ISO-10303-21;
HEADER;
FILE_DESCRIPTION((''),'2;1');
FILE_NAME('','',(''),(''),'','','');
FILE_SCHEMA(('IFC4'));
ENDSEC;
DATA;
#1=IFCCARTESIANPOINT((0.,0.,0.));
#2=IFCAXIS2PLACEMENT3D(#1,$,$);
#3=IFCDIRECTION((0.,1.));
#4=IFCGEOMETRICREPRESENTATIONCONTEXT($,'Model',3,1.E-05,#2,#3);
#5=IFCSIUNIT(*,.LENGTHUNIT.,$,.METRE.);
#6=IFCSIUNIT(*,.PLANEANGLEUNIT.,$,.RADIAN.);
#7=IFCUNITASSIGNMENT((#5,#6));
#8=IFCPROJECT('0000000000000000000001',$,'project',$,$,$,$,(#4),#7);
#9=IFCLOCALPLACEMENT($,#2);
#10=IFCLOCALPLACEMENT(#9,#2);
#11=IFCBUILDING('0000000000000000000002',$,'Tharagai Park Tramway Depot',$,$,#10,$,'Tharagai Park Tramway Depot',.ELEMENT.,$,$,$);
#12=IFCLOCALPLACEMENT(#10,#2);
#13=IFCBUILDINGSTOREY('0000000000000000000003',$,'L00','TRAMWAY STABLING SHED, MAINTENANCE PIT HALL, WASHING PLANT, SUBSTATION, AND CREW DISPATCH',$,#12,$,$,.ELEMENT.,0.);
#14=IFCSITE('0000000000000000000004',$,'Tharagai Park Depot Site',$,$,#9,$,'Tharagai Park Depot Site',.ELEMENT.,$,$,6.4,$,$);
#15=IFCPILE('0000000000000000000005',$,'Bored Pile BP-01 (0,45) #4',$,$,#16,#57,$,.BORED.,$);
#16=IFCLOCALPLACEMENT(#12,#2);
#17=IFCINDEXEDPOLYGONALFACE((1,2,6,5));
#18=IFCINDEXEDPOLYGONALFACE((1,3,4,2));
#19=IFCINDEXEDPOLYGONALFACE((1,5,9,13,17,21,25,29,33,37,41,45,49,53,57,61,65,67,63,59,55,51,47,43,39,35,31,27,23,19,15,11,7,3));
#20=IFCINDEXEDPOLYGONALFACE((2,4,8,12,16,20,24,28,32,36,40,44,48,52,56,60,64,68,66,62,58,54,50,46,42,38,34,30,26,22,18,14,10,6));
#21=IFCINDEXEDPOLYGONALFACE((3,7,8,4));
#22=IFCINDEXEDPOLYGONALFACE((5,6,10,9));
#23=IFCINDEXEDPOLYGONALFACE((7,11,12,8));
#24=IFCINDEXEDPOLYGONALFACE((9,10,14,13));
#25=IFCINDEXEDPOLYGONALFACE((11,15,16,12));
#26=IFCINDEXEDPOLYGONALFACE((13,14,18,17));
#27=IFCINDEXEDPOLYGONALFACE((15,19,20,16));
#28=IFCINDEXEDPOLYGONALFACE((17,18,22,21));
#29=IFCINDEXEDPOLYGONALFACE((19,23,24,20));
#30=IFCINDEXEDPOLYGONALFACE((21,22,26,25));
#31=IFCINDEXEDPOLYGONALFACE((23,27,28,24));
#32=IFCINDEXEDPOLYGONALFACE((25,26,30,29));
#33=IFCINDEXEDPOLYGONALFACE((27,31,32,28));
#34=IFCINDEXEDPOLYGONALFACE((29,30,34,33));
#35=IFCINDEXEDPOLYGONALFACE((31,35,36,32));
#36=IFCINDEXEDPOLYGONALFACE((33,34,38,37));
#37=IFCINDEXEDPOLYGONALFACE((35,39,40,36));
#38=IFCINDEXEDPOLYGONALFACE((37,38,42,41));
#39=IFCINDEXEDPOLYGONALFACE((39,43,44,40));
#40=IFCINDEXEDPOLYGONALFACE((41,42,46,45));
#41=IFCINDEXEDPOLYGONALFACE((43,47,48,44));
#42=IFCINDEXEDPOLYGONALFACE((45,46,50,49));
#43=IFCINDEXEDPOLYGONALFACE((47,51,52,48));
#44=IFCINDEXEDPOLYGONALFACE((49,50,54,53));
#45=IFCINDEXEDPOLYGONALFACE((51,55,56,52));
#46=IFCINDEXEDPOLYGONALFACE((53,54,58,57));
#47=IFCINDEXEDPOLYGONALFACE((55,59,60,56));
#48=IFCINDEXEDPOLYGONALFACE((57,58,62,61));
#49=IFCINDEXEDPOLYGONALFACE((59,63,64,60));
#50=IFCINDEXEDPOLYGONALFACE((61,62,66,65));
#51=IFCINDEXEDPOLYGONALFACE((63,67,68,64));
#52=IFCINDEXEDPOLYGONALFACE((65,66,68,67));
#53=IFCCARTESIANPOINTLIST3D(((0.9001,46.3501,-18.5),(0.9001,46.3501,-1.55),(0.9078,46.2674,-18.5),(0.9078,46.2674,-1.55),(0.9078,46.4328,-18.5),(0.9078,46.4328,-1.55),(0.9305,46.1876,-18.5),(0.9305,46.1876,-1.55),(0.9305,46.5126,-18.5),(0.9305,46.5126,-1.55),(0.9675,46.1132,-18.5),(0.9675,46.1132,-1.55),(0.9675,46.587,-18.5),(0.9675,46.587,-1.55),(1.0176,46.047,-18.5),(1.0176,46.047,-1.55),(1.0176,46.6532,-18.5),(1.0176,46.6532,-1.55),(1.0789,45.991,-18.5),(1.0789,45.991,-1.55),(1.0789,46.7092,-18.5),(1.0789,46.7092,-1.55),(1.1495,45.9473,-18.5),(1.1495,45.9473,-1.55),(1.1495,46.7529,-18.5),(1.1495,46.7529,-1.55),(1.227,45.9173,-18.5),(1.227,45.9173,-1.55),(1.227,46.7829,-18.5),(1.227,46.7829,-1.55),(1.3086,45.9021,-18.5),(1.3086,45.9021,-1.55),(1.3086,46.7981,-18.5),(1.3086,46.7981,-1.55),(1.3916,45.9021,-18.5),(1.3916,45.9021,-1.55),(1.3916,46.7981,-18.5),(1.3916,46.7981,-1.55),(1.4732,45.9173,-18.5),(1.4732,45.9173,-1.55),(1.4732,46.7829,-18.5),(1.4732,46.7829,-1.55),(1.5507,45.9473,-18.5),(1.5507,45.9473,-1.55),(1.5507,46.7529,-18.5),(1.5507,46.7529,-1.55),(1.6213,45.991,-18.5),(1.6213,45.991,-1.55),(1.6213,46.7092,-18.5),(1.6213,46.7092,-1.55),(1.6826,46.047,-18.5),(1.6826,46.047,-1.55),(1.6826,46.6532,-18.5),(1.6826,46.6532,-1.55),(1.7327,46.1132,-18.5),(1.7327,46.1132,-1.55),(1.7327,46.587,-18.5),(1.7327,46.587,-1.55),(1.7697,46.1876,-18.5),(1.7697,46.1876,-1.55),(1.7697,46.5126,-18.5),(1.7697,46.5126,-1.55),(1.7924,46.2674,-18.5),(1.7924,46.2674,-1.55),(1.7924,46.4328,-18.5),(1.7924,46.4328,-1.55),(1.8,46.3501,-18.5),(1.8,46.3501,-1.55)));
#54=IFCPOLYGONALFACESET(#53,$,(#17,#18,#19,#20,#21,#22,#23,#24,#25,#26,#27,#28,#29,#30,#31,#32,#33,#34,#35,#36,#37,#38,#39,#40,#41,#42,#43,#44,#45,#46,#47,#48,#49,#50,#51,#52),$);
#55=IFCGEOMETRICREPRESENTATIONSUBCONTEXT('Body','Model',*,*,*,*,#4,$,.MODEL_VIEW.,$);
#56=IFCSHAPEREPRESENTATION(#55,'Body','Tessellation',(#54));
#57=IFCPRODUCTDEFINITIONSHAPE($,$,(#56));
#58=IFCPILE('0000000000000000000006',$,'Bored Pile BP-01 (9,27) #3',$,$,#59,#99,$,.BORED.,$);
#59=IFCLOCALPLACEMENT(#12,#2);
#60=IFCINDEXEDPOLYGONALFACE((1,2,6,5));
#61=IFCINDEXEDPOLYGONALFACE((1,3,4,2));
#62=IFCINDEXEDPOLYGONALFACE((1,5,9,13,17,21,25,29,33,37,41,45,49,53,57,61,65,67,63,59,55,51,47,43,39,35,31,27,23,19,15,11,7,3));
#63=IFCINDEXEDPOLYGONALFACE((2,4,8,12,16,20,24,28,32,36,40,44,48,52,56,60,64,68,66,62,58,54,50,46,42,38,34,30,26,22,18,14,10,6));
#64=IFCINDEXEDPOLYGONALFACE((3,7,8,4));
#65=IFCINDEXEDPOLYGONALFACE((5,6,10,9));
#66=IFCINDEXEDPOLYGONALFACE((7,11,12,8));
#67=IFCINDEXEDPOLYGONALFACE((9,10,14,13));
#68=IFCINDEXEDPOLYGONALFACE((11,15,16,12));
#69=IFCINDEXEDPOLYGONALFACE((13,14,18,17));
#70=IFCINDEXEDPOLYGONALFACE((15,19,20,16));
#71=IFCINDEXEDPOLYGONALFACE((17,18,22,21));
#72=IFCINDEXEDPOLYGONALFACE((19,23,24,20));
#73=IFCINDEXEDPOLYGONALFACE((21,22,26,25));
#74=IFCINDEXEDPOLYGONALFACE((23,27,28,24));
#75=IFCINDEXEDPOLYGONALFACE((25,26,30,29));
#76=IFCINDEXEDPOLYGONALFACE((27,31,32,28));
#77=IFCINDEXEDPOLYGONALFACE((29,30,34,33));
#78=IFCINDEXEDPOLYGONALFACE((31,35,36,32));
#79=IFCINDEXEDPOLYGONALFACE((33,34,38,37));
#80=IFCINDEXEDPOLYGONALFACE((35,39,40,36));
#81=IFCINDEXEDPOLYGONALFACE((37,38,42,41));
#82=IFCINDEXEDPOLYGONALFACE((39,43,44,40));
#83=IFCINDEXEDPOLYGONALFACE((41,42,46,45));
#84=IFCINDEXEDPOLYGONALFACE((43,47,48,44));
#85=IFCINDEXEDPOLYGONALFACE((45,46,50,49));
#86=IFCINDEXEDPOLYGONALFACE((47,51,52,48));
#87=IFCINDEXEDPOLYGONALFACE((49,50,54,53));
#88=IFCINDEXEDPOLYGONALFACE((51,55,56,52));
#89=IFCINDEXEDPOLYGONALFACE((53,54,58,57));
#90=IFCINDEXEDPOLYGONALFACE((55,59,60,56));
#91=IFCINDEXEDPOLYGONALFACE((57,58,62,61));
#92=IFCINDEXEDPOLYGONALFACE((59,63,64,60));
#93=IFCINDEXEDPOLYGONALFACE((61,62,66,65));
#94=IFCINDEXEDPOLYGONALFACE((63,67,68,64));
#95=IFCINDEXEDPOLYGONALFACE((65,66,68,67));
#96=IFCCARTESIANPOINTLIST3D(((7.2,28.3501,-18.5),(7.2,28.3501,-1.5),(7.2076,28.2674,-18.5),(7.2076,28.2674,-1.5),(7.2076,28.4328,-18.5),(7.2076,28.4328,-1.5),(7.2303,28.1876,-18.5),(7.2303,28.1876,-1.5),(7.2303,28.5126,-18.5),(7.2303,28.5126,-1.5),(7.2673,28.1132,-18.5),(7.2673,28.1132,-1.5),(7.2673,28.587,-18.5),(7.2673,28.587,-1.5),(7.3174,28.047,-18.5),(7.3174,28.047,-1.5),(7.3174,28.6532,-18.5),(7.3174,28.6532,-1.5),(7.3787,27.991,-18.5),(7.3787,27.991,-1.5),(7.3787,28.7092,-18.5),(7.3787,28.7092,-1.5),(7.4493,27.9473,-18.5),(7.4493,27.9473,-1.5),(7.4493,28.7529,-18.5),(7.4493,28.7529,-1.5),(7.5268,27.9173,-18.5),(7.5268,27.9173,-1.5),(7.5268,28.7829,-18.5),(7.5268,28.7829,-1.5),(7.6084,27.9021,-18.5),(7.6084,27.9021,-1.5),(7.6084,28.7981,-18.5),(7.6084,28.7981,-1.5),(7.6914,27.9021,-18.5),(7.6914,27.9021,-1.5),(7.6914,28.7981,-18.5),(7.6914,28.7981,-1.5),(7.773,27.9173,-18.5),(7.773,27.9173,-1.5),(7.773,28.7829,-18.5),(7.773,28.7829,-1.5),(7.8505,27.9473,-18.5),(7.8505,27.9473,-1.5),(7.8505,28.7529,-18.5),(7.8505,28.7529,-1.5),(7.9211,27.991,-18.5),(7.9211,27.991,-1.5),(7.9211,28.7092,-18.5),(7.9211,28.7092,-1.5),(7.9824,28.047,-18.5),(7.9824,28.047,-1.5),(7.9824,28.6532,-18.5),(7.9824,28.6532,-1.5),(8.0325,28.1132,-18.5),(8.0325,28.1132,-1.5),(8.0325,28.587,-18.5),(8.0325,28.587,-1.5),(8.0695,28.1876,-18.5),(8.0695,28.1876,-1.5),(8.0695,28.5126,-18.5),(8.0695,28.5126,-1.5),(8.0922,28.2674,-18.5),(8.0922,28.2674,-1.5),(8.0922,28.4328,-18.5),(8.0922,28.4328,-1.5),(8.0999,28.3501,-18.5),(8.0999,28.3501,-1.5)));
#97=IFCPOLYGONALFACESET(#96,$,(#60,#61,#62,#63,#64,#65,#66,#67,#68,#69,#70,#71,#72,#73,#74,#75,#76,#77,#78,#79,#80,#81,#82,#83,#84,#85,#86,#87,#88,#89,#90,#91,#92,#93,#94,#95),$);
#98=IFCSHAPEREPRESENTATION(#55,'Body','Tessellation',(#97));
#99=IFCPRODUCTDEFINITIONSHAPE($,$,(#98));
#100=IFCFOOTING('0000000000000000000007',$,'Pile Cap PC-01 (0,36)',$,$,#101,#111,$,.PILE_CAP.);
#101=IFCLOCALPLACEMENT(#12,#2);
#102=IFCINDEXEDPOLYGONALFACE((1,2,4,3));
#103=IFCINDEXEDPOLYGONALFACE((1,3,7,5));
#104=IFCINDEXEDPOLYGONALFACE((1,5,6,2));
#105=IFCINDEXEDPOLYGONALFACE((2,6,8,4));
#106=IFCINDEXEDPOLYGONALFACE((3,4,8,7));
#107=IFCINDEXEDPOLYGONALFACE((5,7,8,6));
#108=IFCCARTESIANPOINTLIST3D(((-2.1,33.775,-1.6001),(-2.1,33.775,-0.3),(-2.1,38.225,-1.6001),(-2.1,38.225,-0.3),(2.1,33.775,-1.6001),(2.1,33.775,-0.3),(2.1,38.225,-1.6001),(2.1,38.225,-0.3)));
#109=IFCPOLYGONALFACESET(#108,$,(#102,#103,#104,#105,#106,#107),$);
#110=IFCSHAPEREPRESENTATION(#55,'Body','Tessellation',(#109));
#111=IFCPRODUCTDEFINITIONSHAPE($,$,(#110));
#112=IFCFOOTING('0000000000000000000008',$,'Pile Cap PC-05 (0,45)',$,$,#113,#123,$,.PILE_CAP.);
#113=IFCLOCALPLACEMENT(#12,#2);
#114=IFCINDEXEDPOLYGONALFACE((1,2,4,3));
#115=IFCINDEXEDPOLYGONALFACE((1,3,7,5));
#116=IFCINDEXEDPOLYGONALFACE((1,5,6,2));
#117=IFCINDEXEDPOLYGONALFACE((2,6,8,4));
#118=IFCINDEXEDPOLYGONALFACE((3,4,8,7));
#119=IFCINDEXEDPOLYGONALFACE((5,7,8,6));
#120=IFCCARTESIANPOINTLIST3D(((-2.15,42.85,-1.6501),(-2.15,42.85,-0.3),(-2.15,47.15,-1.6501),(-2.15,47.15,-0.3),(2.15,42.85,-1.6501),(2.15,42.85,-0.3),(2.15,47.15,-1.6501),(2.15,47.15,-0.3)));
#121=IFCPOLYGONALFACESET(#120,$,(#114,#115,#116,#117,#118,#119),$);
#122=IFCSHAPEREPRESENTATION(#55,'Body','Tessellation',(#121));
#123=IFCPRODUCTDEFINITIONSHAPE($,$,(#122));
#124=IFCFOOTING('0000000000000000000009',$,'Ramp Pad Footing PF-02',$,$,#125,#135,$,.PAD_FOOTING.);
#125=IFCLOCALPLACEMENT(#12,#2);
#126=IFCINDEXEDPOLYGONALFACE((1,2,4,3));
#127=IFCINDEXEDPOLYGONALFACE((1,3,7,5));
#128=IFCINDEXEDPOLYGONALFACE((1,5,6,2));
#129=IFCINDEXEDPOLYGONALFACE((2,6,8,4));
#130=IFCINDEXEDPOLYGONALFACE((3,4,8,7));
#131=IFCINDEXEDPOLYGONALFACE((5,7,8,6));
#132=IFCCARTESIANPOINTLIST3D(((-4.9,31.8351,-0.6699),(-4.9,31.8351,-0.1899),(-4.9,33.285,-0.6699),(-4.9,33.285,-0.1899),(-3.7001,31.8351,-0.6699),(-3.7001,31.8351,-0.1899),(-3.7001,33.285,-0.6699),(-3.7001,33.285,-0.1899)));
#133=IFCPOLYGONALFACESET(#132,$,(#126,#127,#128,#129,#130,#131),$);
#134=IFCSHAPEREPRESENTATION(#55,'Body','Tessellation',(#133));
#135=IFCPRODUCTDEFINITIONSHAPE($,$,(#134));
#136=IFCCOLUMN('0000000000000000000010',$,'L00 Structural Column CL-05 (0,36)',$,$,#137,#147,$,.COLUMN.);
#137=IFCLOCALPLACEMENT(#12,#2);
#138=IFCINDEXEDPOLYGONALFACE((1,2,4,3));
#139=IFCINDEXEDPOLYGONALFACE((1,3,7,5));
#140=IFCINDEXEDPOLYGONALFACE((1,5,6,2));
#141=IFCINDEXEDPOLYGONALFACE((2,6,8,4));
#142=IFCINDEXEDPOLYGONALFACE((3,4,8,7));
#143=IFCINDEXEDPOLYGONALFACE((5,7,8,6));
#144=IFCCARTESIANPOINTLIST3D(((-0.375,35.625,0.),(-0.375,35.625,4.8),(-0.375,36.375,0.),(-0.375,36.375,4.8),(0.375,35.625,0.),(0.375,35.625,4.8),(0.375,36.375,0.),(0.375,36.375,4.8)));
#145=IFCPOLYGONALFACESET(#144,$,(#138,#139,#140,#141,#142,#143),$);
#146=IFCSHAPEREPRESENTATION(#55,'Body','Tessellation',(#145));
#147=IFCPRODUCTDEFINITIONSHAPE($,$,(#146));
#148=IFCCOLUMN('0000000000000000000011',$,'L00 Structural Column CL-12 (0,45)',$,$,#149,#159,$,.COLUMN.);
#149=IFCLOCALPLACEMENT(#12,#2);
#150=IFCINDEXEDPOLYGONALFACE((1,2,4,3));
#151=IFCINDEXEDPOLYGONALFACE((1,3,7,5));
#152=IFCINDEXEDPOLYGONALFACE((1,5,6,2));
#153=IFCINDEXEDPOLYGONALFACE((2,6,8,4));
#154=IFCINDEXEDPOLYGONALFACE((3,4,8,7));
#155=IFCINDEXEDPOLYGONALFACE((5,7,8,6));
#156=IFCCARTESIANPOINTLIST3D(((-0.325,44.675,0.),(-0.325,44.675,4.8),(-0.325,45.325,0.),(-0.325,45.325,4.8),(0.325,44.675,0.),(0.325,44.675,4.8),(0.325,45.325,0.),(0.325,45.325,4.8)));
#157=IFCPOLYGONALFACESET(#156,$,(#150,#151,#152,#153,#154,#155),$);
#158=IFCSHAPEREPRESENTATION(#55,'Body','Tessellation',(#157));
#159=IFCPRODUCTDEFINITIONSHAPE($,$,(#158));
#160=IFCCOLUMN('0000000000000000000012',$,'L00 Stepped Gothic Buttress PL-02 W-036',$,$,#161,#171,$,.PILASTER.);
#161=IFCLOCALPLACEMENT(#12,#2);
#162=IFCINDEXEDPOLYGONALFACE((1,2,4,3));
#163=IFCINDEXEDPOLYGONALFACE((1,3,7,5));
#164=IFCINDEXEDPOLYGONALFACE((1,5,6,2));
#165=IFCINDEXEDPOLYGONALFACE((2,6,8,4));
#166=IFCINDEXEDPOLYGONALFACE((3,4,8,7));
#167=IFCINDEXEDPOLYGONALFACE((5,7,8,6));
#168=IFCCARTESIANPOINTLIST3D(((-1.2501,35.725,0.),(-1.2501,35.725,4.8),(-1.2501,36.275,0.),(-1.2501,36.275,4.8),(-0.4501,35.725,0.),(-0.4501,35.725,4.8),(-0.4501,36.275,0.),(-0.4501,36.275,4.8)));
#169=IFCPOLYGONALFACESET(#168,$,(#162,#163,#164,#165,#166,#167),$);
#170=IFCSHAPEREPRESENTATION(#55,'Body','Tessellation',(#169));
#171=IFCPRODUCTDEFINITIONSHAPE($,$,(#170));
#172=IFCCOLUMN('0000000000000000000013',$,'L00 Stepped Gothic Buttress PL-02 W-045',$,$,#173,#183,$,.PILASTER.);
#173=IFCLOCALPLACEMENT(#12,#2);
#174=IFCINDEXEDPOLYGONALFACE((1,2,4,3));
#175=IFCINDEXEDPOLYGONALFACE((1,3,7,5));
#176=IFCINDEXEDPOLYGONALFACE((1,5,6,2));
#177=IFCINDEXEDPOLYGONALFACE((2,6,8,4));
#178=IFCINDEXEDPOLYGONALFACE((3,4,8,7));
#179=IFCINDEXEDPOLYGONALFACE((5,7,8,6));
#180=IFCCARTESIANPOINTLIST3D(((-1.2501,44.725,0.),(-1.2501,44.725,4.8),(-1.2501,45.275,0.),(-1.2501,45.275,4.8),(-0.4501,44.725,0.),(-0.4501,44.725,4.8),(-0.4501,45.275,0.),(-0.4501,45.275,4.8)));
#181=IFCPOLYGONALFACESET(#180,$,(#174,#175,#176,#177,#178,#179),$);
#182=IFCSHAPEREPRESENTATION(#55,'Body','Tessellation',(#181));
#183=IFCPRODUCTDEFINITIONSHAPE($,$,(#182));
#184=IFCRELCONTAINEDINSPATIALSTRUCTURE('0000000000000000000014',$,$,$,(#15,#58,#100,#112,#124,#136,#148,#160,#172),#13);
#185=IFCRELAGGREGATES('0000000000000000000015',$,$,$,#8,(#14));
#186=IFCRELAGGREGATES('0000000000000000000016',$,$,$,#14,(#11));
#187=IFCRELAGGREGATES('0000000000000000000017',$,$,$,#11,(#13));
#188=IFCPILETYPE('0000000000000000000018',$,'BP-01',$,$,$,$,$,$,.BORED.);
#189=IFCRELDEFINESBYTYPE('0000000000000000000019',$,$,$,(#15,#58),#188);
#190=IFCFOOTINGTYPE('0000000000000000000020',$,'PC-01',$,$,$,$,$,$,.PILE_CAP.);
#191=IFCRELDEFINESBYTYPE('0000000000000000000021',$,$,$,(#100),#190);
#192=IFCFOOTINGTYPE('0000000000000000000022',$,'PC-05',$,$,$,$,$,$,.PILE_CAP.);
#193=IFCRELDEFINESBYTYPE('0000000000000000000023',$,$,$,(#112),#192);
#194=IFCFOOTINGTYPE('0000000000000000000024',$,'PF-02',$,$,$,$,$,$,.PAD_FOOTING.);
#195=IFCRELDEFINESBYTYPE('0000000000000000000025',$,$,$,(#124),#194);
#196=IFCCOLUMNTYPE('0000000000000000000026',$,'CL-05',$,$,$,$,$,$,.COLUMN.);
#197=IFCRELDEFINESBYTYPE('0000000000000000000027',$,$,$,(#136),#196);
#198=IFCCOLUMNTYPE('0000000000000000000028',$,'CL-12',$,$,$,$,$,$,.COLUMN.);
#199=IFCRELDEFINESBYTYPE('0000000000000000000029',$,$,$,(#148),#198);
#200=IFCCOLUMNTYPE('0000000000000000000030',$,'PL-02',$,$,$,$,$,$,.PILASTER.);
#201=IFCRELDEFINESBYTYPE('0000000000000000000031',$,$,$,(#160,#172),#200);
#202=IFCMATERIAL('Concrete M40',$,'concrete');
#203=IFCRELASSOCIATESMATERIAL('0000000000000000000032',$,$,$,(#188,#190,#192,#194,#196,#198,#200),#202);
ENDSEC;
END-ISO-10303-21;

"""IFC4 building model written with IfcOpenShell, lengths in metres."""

from ifc_helpers import new_model, si_unit, direction, frame, origin, origin_2d, place, context, subcontext, project, spatial, rectangle, circle, extrude, material, material_profile, profile_set, type_object, element, save


model = new_model("IFC4")

# Units and contexts
model_context = context("Model", 3, precision=1e-05, world=origin(), true_north=direction((0.0, 1.0)))
body_context = subcontext(model_context, "Body", "Model", "MODEL_VIEW")
ifc_project = project(units=[si_unit("LENGTHUNIT", "METRE"), si_unit("PLANEANGLEUNIT", "RADIAN")], contexts=[model_context])

# Site, building, storey
site_placement = place(None, origin())
site = spatial("IfcSite", under=ifc_project, at=site_placement, Name="Tharagai Park Depot Site", LongName="Tharagai Park Depot Site", CompositionType="ELEMENT", RefElevation=6.4)
building_placement = place(site_placement, origin())
building = spatial("IfcBuilding", under=site, at=building_placement, Name="Tharagai Park Tramway Depot", LongName="Tharagai Park Tramway Depot", CompositionType="ELEMENT")
storey_placement = place(building_placement, origin())
storey = spatial("IfcBuildingStorey", under=building, at=storey_placement, Name="L00", Description="TRAMWAY STABLING SHED, MAINTENANCE PIT HALL, WASHING PLANT, SUBSTATION, AND CREW DISPATCH", CompositionType="ELEMENT", Elevation=0.0)

# Piles
ifc_material_1 = material(Name="Concrete M40", Category="concrete")
ifc_material_profile_1 = material_profile(ifc_material_1, circle(Radius=0.45, at=origin_2d()), Name="PILE D900")
ifc_profile_set_1 = profile_set([ifc_material_profile_1], Name="Concrete M40")
pile_type = type_object("IfcPileType", Name="BP-01", PredefinedType="BORED", material=ifc_profile_set_1)
for number, where, z_axis, x_axis, name in (
    (1, (1.3501, 46.3501, -1.55), (0.0, 0.0, -1.0), (1.0, 0.0, 0.0), "Bored Pile BP-01 (0,45) #4"),
):
    element("IfcPile", number, at=place(storey_placement, frame(where, z_axis=z_axis, x_axis=x_axis)), inside=storey, type_object=pile_type, Name=name, PredefinedType="BORED", context=body_context, shape_type="SweptSolid", body=[
        extrude(circle(Radius=0.45, at=origin_2d()), origin(), (0.0, 0.0, 1.0), 16.95),
    ])
pile_1_placement = place(storey_placement, frame((7.6499, 28.3501, -1.5), z_axis=(0.0, 0.0, -1.0), x_axis=(1.0, 0.0, 0.0)))
element("IfcPile", 2, at=pile_1_placement, inside=storey, type_object=pile_type, Name="Bored Pile BP-01 (9,27) #3", PredefinedType="BORED", context=body_context, shape_type="SweptSolid", body=[
    extrude(circle(Radius=0.45, at=origin_2d()), origin(), (0.0, 0.0, 1.0), 17.0),
])

# Footings
footing_type_1 = type_object("IfcFootingType", Name="PC-01", PredefinedType="PILE_CAP", material=ifc_material_1)
footing_1_placement = place(storey_placement, frame((0.0, 36.0, -1.6001), z_axis=(0.0, 0.0, 1.0), x_axis=(1.0, 0.0, 0.0)))
element("IfcFooting", 3, at=footing_1_placement, inside=storey, type_object=footing_type_1, Name="Pile Cap PC-01 (0,36)", PredefinedType="PILE_CAP", context=body_context, shape_type="SweptSolid", body=[
    extrude(rectangle(XDim=4.2, YDim=4.45, at=origin_2d()), origin(), (0.0, 0.0, 1.0), 1.3),
])
footing_type_2 = type_object("IfcFootingType", Name="PC-05", PredefinedType="PILE_CAP", material=ifc_material_1)
footing_2_placement = place(storey_placement, frame((0.0, 45.0, -1.6501), z_axis=(0.0, 0.0, 1.0), x_axis=(1.0, 0.0, 0.0)))
element("IfcFooting", 4, at=footing_2_placement, inside=storey, type_object=footing_type_2, Name="Pile Cap PC-05 (0,45)", PredefinedType="PILE_CAP", context=body_context, shape_type="SweptSolid", body=[
    extrude(rectangle(XDim=4.3, YDim=4.3, at=origin_2d()), origin(), (0.0, 0.0, 1.0), 1.3501),
])
footing_type_3 = type_object("IfcFootingType", Name="PF-02", PredefinedType="PAD_FOOTING", material=ifc_material_1)
footing_3_placement = place(storey_placement, frame((-4.3, 32.5601, -0.6699), z_axis=(0.0, 0.0, 1.0), x_axis=(1.0, 0.0, 0.0)))
element("IfcFooting", 5, at=footing_3_placement, inside=storey, type_object=footing_type_3, Name="Ramp Pad Footing PF-02", PredefinedType="PAD_FOOTING", context=body_context, shape_type="SweptSolid", body=[
    extrude(rectangle(XDim=1.2, YDim=1.45, at=origin_2d()), origin(), (0.0, 0.0, 1.0), 0.48),
])

# Columns
ifc_material_profile_2 = material_profile(ifc_material_1, rectangle(XDim=0.75, YDim=0.75, at=origin_2d()), Name="RC 750x750")
ifc_profile_set_2 = profile_set([ifc_material_profile_2], Name="Concrete M40")
column_type_1 = type_object("IfcColumnType", Name="CL-05", PredefinedType="COLUMN", material=ifc_profile_set_2)
column_1_placement = place(storey_placement, frame((0.0, 36.0, 0.0), z_axis=(0.0, 0.0, 1.0), x_axis=(1.0, 0.0, 0.0)))
element("IfcColumn", 6, at=column_1_placement, inside=storey, type_object=column_type_1, Name="L00 Structural Column CL-05 (0,36)", PredefinedType="COLUMN", context=body_context, shape_type="SweptSolid", body=[
    extrude(rectangle(XDim=0.75, YDim=0.75, at=origin_2d()), origin(), (0.0, 0.0, 1.0), 4.8),
])
ifc_material_profile_3 = material_profile(ifc_material_1, rectangle(XDim=0.6499, YDim=0.6499, at=origin_2d()), Name="RC 650x650")
ifc_profile_set_3 = profile_set([ifc_material_profile_3], Name="Concrete M40")
column_type_2 = type_object("IfcColumnType", Name="CL-12", PredefinedType="COLUMN", material=ifc_profile_set_3)
column_2_placement = place(storey_placement, frame((0.0, 45.0, 0.0), z_axis=(0.0, 0.0, 1.0), x_axis=(1.0, 0.0, 0.0)))
element("IfcColumn", 7, at=column_2_placement, inside=storey, type_object=column_type_2, Name="L00 Structural Column CL-12 (0,45)", PredefinedType="COLUMN", context=body_context, shape_type="SweptSolid", body=[
    extrude(rectangle(XDim=0.6499, YDim=0.6499, at=origin_2d()), origin(), (0.0, 0.0, 1.0), 4.8),
])
ifc_material_profile_4 = material_profile(ifc_material_1, rectangle(XDim=0.55, YDim=0.8, at=origin_2d()), Name="RC 550x800")
ifc_profile_set_4 = profile_set([ifc_material_profile_4], Name="Concrete M40")
column_type_3 = type_object("IfcColumnType", Name="PL-02", PredefinedType="PILASTER", material=ifc_profile_set_4)
for number, where, z_axis, x_axis, name in (
    (8, (-0.8501, 36.0, 0.0), (0.0, 0.0, 1.0), (0.0, 1.0, 0.0), "L00 Stepped Gothic Buttress PL-02 W-036"),
    (9, (-0.8501, 45.0, 0.0), (0.0, 0.0, 1.0), (0.0, 1.0, 0.0), "L00 Stepped Gothic Buttress PL-02 W-045"),
):
    element("IfcColumn", number, at=place(storey_placement, frame(where, z_axis=z_axis, x_axis=x_axis)), inside=storey, type_object=column_type_3, Name=name, PredefinedType="PILASTER", context=body_context, shape_type="SweptSolid", body=[
        extrude(rectangle(XDim=0.55, YDim=0.8, at=origin_2d()), origin(), (0.0, 0.0, 1.0), 4.8),
    ])

save(model, "model.ifc")
